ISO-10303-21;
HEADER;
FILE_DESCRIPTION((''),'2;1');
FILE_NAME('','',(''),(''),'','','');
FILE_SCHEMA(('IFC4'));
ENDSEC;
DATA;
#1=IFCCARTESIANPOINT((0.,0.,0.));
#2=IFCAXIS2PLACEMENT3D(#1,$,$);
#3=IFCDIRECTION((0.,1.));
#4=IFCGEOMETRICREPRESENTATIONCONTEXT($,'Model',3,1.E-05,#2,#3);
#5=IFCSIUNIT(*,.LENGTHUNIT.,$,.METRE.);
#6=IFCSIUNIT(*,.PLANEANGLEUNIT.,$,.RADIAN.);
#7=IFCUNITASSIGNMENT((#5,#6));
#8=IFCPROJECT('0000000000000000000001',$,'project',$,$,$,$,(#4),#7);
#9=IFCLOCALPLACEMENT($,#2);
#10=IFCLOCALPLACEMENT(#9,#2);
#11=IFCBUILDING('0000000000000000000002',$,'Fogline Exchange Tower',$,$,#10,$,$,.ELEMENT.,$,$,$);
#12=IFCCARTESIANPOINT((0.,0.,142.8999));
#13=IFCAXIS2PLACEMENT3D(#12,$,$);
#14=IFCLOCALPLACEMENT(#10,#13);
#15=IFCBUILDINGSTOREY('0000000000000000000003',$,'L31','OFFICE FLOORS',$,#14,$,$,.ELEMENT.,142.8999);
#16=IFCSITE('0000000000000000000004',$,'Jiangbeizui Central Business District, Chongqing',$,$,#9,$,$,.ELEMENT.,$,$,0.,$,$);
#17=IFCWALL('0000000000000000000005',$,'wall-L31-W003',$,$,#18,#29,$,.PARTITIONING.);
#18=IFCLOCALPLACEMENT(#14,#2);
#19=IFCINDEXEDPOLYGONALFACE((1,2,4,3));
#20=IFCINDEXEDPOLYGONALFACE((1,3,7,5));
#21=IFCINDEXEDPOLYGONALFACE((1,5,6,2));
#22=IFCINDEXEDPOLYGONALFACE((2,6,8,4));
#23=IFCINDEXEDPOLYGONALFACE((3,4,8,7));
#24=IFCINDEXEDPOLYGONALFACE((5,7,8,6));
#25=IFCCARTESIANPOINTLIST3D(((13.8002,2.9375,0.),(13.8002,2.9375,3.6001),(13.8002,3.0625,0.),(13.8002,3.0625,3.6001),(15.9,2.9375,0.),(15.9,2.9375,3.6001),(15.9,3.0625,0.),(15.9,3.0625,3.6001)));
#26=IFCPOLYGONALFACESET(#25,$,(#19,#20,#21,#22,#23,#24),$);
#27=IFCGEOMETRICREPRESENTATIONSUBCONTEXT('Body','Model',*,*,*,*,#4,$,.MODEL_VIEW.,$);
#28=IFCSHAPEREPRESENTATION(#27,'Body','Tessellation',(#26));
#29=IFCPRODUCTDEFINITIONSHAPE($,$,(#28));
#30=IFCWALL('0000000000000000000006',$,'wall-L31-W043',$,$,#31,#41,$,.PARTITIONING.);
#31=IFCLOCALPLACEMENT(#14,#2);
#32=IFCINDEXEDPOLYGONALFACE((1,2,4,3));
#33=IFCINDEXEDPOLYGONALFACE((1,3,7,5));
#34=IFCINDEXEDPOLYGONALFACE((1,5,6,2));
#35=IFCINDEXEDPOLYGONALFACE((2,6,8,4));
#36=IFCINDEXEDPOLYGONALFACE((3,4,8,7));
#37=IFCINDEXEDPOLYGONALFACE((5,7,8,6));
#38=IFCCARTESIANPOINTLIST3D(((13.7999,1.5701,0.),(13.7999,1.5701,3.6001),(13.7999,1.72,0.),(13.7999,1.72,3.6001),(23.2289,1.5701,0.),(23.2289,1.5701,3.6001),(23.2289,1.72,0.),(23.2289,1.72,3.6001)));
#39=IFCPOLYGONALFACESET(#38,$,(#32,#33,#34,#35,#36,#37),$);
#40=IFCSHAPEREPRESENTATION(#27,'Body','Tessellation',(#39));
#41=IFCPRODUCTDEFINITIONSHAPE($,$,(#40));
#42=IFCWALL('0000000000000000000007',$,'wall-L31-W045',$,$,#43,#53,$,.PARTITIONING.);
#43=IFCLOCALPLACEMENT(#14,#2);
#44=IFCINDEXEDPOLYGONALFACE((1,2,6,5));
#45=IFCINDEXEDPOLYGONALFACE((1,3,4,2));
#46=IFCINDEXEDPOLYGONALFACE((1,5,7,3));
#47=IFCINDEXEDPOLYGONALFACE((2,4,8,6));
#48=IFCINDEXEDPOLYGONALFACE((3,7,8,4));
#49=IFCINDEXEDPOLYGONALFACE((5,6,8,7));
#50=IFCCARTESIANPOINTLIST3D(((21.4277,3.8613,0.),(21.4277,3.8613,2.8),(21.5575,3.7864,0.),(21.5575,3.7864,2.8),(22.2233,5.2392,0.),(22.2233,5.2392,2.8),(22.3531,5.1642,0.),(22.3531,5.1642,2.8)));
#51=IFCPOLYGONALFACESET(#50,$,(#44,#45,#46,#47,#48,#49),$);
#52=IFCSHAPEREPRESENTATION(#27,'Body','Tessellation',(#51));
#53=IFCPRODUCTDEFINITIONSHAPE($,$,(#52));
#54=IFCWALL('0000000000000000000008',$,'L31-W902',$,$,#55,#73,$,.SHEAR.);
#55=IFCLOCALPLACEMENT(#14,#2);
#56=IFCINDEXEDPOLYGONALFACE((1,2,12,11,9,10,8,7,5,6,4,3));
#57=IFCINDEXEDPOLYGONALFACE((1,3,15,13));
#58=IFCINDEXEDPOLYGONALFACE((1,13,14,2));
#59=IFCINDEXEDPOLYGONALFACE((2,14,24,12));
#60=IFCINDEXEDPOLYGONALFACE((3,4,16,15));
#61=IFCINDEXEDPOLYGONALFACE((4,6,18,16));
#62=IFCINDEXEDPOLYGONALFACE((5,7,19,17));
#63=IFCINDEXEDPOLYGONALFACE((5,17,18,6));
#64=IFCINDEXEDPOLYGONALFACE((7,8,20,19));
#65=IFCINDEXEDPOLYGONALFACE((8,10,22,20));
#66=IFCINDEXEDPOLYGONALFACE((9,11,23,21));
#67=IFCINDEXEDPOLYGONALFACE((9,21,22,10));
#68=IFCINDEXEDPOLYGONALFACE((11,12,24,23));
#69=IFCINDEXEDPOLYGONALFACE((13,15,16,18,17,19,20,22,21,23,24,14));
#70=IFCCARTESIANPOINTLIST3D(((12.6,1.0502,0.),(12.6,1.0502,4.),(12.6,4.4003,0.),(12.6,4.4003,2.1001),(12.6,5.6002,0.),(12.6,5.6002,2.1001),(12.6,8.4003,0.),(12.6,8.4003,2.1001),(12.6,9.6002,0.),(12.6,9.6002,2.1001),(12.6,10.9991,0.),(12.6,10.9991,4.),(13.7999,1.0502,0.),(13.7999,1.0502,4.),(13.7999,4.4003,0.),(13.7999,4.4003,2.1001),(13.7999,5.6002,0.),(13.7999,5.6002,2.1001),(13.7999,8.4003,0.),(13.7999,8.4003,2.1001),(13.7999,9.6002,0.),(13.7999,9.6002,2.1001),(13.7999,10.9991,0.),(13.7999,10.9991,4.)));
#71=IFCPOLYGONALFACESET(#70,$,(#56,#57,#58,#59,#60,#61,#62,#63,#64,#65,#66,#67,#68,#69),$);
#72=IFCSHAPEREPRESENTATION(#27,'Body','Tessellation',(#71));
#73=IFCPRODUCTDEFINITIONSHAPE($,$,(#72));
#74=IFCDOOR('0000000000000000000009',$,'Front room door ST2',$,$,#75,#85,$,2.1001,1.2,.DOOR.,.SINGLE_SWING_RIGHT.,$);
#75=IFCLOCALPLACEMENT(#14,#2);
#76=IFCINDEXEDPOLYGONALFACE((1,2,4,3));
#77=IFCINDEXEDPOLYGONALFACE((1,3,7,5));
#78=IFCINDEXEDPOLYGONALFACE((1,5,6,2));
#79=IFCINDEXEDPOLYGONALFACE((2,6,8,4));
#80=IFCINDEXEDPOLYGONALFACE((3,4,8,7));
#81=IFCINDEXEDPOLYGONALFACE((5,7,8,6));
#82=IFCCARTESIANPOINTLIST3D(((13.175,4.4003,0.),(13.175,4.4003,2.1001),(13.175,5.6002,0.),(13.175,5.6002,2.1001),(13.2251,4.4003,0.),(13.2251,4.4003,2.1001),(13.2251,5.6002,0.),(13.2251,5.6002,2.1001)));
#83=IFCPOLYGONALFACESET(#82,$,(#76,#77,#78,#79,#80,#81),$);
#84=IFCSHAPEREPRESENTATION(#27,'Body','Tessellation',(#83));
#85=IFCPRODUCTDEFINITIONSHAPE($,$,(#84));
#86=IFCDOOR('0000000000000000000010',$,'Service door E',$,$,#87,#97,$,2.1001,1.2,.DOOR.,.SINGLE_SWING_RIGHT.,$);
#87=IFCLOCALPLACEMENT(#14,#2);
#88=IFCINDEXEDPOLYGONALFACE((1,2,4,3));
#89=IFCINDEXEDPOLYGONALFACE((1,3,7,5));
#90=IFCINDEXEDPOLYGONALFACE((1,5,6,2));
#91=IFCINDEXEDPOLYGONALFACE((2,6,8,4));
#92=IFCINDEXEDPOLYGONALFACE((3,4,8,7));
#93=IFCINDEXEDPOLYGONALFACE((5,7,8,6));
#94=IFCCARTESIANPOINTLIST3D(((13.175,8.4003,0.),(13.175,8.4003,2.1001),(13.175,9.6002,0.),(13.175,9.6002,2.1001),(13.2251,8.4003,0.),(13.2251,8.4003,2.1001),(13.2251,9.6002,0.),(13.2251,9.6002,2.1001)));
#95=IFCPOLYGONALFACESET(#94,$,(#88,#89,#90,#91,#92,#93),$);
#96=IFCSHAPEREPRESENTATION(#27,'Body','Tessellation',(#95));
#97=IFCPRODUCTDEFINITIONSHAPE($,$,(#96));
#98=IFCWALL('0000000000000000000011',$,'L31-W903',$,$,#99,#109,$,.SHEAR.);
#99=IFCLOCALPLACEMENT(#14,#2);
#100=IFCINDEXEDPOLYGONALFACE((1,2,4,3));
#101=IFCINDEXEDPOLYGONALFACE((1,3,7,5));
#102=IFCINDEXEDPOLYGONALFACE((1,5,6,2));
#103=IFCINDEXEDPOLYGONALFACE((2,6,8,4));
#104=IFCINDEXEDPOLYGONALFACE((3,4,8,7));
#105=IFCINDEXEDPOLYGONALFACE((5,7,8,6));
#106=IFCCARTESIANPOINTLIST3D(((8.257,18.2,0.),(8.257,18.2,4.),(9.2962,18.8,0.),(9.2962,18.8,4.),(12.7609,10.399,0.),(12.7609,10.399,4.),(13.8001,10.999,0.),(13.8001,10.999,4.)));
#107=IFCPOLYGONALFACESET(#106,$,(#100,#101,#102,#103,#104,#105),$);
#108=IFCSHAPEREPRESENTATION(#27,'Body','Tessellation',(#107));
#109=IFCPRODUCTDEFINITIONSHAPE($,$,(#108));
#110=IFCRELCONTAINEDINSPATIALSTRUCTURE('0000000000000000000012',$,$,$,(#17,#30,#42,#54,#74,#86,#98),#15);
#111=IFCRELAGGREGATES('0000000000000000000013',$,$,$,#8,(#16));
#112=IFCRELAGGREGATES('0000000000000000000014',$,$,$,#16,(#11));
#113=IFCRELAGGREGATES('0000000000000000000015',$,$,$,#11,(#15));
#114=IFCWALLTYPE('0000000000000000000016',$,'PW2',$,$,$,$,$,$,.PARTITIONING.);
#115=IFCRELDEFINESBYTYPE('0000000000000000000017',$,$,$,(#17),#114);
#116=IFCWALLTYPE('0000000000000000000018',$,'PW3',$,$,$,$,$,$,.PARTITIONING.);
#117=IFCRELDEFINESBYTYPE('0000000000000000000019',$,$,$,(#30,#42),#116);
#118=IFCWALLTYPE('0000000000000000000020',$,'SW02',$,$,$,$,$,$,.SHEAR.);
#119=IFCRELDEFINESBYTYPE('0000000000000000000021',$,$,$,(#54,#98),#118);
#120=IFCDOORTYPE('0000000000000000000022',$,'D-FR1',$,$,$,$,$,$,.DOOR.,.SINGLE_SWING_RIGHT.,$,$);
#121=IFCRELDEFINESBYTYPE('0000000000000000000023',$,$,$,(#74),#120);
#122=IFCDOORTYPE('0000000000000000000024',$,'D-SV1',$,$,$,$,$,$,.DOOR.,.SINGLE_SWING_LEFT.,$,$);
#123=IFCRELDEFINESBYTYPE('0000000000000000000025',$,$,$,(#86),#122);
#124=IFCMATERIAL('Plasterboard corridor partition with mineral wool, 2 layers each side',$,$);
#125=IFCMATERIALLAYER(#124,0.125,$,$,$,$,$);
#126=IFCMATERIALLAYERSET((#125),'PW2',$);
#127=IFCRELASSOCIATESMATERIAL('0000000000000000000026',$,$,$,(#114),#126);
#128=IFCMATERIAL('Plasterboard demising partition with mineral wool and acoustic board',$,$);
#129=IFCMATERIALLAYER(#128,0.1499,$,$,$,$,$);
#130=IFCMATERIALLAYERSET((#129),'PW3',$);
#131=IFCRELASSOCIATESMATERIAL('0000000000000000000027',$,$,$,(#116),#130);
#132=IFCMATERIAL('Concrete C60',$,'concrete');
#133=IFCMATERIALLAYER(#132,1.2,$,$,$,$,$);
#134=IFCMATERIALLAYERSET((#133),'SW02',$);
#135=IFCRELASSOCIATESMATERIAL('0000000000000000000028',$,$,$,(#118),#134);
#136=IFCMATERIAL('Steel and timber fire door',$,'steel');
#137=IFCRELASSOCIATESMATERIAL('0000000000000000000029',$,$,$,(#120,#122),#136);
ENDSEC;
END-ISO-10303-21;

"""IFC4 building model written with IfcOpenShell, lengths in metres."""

from ifc_helpers import new_model, si_unit, direction, frame, frame_2d, origin, place, context, subcontext, project, spatial, rectangle, extrude, material, layer, layer_set, type_object, element, fill, save


model = new_model("IFC4")

# Units and contexts
model_context = context("Model", 3, precision=1e-05, world=origin(), true_north=direction((0.0, 1.0)))
body_context = subcontext(model_context, "Body", "Model", "MODEL_VIEW")
ifc_project = project(units=[si_unit("LENGTHUNIT", "METRE"), si_unit("PLANEANGLEUNIT", "RADIAN")], contexts=[model_context])

# Site, building, storey
site_placement = place(None, origin())
site = spatial("IfcSite", under=ifc_project, at=site_placement, Name="Jiangbeizui Central Business District, Chongqing", CompositionType="ELEMENT", RefElevation=0.0)
building_placement = place(site_placement, origin())
building = spatial("IfcBuilding", under=site, at=building_placement, Name="Fogline Exchange Tower", CompositionType="ELEMENT")
storey_placement = place(building_placement, frame((0.0, 0.0, 142.8999)))
storey = spatial("IfcBuildingStorey", under=building, at=storey_placement, Name="L31", Description="OFFICE FLOORS", CompositionType="ELEMENT", Elevation=142.8999)

# Shared definitions
ifc_material_1 = material(Name="Steel and timber fire door", Category="steel")

# Walls
ifc_material_2 = material(Name="Plasterboard corridor partition with mineral wool, 2 layers each side")
ifc_layer_1 = layer(ifc_material_2, 0.125)
ifc_layer_set_1 = layer_set([ifc_layer_1], Name="PW2")
wall_type_1 = type_object("IfcWallType", Name="PW2", PredefinedType="PARTITIONING", material=ifc_layer_set_1)
wall_1_placement = place(storey_placement, frame((15.8999, 3.0, 0.0), z_axis=(0.0, 0.0, 1.0), x_axis=(-1.0, 0.0, 0.0)))
element("IfcWall", 1, at=wall_1_placement, inside=storey, type_object=wall_type_1, Name="wall-L31-W003", PredefinedType="PARTITIONING", context=body_context, shape_type="SweptSolid", body=[
    extrude(rectangle(XDim=2.0999, YDim=0.125, at=frame_2d((1.0498, 0.0))), origin(), (0.0, 0.0, 1.0), 3.6001),
])
ifc_material_3 = material(Name="Plasterboard demising partition with mineral wool and acoustic board")
ifc_layer_2 = layer(ifc_material_3, 0.1499)
ifc_layer_set_2 = layer_set([ifc_layer_2], Name="PW3")
wall_type_2 = type_object("IfcWallType", Name="PW3", PredefinedType="PARTITIONING", material=ifc_layer_set_2)
wall_2_placement = place(storey_placement, frame((13.8, 1.645, 0.0), z_axis=(0.0, 0.0, 1.0), x_axis=(1.0, 0.0, 0.0)))
element("IfcWall", 2, at=wall_2_placement, inside=storey, type_object=wall_type_2, Name="wall-L31-W043", PredefinedType="PARTITIONING", context=body_context, shape_type="SweptSolid", body=[
    extrude(rectangle(XDim=9.429, YDim=0.1499, at=frame_2d((4.7144, 0.0))), origin(), (0.0, 0.0, 1.0), 3.6001),
])
wall_3_placement = place(storey_placement, frame((21.4927, 3.824, 0.0), z_axis=(0.0, 0.0, 1.0), x_axis=(0.50005, 0.865996, 0.0)))
element("IfcWall", 3, at=wall_3_placement, inside=storey, type_object=wall_type_2, Name="wall-L31-W045", PredefinedType="PARTITIONING", context=body_context, shape_type="SweptSolid", body=[
    extrude(rectangle(XDim=1.5911, YDim=0.1499, at=frame_2d((0.7954, 0.0))), origin(), (0.0, 0.0, 1.0), 2.8),
])

# Wall, openings, doors
ifc_material_4 = material(Name="Concrete C60", Category="concrete")
ifc_layer_3 = layer(ifc_material_4, 1.2)
ifc_layer_set_3 = layer_set([ifc_layer_3], Name="SW02")
wall_type_3 = type_object("IfcWallType", Name="SW02", PredefinedType="SHEAR", material=ifc_layer_set_3)
wall_4_placement = place(storey_placement, frame((13.2, 1.05, 0.0), z_axis=(0.0, 0.0, 1.0), x_axis=(0.0, 1.0, 0.0)))
wall_4 = element("IfcWall", 4, at=wall_4_placement, inside=storey, type_object=wall_type_3, Name="L31-W902", PredefinedType="SHEAR", context=body_context, shape_type="SweptSolid", body=[
    extrude(rectangle(XDim=9.949, YDim=1.2, at=frame_2d((4.9746, 0.0))), origin(), (0.0, 0.0, 1.0), 4.0),
])
opening_1_placement = place(wall_4_placement, frame((3.3501, 0.0, 0.0)))
opening_1 = element("IfcOpeningElement", 5, at=opening_1_placement, cuts=wall_4, PredefinedType="OPENING", context=body_context, shape_type="SweptSolid", body=[
    extrude(rectangle(XDim=1.2, YDim=2.1001, at=frame_2d((0.6001, 1.05))), frame((0.0, 0.6099, 0.0), z_axis=(0.0, -1.0, 0.0), x_axis=(1.0, 0.0, 0.0)), (0.0, 0.0, 1.0), 1.22),
])
opening_2_placement = place(wall_4_placement, frame((7.3501, 0.0, 0.0)))
opening_2 = element("IfcOpeningElement", 6, at=opening_2_placement, cuts=wall_4, PredefinedType="OPENING", context=body_context, shape_type="SweptSolid", body=[
    extrude(rectangle(XDim=1.2, YDim=2.1001, at=frame_2d((0.6001, 1.05))), frame((0.0, 0.6099, 0.0), z_axis=(0.0, -1.0, 0.0), x_axis=(1.0, 0.0, 0.0)), (0.0, 0.0, 1.0), 1.22),
])
door_type_1 = type_object("IfcDoorType", Name="D-FR1", OperationType="SINGLE_SWING_RIGHT", PredefinedType="DOOR", material=ifc_material_1)
door_1_placement = place(opening_1_placement, origin())
door_1 = element("IfcDoor", 7, at=door_1_placement, inside=storey, type_object=door_type_1, Name="Front room door ST2", OperationType="SINGLE_SWING_RIGHT", OverallHeight=2.1001, OverallWidth=1.2, PredefinedType="DOOR", context=body_context, shape_type="SweptSolid", body=[
    extrude(rectangle(XDim=1.2, YDim=2.1001, at=frame_2d((0.6001, 1.05))), frame((0.0, 0.0249, 0.0), z_axis=(0.0, -1.0, 0.0), x_axis=(1.0, 0.0, 0.0)), (0.0, 0.0, 1.0), 0.05),
])
fill(opening_1, door_1)
door_type_2 = type_object("IfcDoorType", Name="D-SV1", OperationType="SINGLE_SWING_LEFT", PredefinedType="DOOR", material=ifc_material_1)
door_2_placement = place(opening_2_placement, origin())
door_2 = element("IfcDoor", 8, at=door_2_placement, inside=storey, type_object=door_type_2, Name="Service door E", OperationType="SINGLE_SWING_RIGHT", OverallHeight=2.1001, OverallWidth=1.2, PredefinedType="DOOR", context=body_context, shape_type="SweptSolid", body=[
    extrude(rectangle(XDim=1.2, YDim=2.1001, at=frame_2d((0.6001, 1.05))), frame((0.0, 0.0249, 0.0), z_axis=(0.0, -1.0, 0.0), x_axis=(1.0, 0.0, 0.0)), (0.0, 0.0, 1.0), 0.05),
])
fill(opening_2, door_2)

# Wall
wall_5_placement = place(storey_placement, frame((13.2805, 10.699, 0.0), z_axis=(0.0, 0.0, 1.0), x_axis=(-0.499999, 0.866026, 0.0)))
element("IfcWall", 9, at=wall_5_placement, inside=storey, type_object=wall_type_3, Name="L31-W903", PredefinedType="SHEAR", context=body_context, shape_type="SweptSolid", body=[
    extrude(rectangle(XDim=9.0078, YDim=1.2, at=frame_2d((4.5039, 0.0))), origin(), (0.0, 0.0, 1.0), 4.0),
])

save(model, "model.ifc")
